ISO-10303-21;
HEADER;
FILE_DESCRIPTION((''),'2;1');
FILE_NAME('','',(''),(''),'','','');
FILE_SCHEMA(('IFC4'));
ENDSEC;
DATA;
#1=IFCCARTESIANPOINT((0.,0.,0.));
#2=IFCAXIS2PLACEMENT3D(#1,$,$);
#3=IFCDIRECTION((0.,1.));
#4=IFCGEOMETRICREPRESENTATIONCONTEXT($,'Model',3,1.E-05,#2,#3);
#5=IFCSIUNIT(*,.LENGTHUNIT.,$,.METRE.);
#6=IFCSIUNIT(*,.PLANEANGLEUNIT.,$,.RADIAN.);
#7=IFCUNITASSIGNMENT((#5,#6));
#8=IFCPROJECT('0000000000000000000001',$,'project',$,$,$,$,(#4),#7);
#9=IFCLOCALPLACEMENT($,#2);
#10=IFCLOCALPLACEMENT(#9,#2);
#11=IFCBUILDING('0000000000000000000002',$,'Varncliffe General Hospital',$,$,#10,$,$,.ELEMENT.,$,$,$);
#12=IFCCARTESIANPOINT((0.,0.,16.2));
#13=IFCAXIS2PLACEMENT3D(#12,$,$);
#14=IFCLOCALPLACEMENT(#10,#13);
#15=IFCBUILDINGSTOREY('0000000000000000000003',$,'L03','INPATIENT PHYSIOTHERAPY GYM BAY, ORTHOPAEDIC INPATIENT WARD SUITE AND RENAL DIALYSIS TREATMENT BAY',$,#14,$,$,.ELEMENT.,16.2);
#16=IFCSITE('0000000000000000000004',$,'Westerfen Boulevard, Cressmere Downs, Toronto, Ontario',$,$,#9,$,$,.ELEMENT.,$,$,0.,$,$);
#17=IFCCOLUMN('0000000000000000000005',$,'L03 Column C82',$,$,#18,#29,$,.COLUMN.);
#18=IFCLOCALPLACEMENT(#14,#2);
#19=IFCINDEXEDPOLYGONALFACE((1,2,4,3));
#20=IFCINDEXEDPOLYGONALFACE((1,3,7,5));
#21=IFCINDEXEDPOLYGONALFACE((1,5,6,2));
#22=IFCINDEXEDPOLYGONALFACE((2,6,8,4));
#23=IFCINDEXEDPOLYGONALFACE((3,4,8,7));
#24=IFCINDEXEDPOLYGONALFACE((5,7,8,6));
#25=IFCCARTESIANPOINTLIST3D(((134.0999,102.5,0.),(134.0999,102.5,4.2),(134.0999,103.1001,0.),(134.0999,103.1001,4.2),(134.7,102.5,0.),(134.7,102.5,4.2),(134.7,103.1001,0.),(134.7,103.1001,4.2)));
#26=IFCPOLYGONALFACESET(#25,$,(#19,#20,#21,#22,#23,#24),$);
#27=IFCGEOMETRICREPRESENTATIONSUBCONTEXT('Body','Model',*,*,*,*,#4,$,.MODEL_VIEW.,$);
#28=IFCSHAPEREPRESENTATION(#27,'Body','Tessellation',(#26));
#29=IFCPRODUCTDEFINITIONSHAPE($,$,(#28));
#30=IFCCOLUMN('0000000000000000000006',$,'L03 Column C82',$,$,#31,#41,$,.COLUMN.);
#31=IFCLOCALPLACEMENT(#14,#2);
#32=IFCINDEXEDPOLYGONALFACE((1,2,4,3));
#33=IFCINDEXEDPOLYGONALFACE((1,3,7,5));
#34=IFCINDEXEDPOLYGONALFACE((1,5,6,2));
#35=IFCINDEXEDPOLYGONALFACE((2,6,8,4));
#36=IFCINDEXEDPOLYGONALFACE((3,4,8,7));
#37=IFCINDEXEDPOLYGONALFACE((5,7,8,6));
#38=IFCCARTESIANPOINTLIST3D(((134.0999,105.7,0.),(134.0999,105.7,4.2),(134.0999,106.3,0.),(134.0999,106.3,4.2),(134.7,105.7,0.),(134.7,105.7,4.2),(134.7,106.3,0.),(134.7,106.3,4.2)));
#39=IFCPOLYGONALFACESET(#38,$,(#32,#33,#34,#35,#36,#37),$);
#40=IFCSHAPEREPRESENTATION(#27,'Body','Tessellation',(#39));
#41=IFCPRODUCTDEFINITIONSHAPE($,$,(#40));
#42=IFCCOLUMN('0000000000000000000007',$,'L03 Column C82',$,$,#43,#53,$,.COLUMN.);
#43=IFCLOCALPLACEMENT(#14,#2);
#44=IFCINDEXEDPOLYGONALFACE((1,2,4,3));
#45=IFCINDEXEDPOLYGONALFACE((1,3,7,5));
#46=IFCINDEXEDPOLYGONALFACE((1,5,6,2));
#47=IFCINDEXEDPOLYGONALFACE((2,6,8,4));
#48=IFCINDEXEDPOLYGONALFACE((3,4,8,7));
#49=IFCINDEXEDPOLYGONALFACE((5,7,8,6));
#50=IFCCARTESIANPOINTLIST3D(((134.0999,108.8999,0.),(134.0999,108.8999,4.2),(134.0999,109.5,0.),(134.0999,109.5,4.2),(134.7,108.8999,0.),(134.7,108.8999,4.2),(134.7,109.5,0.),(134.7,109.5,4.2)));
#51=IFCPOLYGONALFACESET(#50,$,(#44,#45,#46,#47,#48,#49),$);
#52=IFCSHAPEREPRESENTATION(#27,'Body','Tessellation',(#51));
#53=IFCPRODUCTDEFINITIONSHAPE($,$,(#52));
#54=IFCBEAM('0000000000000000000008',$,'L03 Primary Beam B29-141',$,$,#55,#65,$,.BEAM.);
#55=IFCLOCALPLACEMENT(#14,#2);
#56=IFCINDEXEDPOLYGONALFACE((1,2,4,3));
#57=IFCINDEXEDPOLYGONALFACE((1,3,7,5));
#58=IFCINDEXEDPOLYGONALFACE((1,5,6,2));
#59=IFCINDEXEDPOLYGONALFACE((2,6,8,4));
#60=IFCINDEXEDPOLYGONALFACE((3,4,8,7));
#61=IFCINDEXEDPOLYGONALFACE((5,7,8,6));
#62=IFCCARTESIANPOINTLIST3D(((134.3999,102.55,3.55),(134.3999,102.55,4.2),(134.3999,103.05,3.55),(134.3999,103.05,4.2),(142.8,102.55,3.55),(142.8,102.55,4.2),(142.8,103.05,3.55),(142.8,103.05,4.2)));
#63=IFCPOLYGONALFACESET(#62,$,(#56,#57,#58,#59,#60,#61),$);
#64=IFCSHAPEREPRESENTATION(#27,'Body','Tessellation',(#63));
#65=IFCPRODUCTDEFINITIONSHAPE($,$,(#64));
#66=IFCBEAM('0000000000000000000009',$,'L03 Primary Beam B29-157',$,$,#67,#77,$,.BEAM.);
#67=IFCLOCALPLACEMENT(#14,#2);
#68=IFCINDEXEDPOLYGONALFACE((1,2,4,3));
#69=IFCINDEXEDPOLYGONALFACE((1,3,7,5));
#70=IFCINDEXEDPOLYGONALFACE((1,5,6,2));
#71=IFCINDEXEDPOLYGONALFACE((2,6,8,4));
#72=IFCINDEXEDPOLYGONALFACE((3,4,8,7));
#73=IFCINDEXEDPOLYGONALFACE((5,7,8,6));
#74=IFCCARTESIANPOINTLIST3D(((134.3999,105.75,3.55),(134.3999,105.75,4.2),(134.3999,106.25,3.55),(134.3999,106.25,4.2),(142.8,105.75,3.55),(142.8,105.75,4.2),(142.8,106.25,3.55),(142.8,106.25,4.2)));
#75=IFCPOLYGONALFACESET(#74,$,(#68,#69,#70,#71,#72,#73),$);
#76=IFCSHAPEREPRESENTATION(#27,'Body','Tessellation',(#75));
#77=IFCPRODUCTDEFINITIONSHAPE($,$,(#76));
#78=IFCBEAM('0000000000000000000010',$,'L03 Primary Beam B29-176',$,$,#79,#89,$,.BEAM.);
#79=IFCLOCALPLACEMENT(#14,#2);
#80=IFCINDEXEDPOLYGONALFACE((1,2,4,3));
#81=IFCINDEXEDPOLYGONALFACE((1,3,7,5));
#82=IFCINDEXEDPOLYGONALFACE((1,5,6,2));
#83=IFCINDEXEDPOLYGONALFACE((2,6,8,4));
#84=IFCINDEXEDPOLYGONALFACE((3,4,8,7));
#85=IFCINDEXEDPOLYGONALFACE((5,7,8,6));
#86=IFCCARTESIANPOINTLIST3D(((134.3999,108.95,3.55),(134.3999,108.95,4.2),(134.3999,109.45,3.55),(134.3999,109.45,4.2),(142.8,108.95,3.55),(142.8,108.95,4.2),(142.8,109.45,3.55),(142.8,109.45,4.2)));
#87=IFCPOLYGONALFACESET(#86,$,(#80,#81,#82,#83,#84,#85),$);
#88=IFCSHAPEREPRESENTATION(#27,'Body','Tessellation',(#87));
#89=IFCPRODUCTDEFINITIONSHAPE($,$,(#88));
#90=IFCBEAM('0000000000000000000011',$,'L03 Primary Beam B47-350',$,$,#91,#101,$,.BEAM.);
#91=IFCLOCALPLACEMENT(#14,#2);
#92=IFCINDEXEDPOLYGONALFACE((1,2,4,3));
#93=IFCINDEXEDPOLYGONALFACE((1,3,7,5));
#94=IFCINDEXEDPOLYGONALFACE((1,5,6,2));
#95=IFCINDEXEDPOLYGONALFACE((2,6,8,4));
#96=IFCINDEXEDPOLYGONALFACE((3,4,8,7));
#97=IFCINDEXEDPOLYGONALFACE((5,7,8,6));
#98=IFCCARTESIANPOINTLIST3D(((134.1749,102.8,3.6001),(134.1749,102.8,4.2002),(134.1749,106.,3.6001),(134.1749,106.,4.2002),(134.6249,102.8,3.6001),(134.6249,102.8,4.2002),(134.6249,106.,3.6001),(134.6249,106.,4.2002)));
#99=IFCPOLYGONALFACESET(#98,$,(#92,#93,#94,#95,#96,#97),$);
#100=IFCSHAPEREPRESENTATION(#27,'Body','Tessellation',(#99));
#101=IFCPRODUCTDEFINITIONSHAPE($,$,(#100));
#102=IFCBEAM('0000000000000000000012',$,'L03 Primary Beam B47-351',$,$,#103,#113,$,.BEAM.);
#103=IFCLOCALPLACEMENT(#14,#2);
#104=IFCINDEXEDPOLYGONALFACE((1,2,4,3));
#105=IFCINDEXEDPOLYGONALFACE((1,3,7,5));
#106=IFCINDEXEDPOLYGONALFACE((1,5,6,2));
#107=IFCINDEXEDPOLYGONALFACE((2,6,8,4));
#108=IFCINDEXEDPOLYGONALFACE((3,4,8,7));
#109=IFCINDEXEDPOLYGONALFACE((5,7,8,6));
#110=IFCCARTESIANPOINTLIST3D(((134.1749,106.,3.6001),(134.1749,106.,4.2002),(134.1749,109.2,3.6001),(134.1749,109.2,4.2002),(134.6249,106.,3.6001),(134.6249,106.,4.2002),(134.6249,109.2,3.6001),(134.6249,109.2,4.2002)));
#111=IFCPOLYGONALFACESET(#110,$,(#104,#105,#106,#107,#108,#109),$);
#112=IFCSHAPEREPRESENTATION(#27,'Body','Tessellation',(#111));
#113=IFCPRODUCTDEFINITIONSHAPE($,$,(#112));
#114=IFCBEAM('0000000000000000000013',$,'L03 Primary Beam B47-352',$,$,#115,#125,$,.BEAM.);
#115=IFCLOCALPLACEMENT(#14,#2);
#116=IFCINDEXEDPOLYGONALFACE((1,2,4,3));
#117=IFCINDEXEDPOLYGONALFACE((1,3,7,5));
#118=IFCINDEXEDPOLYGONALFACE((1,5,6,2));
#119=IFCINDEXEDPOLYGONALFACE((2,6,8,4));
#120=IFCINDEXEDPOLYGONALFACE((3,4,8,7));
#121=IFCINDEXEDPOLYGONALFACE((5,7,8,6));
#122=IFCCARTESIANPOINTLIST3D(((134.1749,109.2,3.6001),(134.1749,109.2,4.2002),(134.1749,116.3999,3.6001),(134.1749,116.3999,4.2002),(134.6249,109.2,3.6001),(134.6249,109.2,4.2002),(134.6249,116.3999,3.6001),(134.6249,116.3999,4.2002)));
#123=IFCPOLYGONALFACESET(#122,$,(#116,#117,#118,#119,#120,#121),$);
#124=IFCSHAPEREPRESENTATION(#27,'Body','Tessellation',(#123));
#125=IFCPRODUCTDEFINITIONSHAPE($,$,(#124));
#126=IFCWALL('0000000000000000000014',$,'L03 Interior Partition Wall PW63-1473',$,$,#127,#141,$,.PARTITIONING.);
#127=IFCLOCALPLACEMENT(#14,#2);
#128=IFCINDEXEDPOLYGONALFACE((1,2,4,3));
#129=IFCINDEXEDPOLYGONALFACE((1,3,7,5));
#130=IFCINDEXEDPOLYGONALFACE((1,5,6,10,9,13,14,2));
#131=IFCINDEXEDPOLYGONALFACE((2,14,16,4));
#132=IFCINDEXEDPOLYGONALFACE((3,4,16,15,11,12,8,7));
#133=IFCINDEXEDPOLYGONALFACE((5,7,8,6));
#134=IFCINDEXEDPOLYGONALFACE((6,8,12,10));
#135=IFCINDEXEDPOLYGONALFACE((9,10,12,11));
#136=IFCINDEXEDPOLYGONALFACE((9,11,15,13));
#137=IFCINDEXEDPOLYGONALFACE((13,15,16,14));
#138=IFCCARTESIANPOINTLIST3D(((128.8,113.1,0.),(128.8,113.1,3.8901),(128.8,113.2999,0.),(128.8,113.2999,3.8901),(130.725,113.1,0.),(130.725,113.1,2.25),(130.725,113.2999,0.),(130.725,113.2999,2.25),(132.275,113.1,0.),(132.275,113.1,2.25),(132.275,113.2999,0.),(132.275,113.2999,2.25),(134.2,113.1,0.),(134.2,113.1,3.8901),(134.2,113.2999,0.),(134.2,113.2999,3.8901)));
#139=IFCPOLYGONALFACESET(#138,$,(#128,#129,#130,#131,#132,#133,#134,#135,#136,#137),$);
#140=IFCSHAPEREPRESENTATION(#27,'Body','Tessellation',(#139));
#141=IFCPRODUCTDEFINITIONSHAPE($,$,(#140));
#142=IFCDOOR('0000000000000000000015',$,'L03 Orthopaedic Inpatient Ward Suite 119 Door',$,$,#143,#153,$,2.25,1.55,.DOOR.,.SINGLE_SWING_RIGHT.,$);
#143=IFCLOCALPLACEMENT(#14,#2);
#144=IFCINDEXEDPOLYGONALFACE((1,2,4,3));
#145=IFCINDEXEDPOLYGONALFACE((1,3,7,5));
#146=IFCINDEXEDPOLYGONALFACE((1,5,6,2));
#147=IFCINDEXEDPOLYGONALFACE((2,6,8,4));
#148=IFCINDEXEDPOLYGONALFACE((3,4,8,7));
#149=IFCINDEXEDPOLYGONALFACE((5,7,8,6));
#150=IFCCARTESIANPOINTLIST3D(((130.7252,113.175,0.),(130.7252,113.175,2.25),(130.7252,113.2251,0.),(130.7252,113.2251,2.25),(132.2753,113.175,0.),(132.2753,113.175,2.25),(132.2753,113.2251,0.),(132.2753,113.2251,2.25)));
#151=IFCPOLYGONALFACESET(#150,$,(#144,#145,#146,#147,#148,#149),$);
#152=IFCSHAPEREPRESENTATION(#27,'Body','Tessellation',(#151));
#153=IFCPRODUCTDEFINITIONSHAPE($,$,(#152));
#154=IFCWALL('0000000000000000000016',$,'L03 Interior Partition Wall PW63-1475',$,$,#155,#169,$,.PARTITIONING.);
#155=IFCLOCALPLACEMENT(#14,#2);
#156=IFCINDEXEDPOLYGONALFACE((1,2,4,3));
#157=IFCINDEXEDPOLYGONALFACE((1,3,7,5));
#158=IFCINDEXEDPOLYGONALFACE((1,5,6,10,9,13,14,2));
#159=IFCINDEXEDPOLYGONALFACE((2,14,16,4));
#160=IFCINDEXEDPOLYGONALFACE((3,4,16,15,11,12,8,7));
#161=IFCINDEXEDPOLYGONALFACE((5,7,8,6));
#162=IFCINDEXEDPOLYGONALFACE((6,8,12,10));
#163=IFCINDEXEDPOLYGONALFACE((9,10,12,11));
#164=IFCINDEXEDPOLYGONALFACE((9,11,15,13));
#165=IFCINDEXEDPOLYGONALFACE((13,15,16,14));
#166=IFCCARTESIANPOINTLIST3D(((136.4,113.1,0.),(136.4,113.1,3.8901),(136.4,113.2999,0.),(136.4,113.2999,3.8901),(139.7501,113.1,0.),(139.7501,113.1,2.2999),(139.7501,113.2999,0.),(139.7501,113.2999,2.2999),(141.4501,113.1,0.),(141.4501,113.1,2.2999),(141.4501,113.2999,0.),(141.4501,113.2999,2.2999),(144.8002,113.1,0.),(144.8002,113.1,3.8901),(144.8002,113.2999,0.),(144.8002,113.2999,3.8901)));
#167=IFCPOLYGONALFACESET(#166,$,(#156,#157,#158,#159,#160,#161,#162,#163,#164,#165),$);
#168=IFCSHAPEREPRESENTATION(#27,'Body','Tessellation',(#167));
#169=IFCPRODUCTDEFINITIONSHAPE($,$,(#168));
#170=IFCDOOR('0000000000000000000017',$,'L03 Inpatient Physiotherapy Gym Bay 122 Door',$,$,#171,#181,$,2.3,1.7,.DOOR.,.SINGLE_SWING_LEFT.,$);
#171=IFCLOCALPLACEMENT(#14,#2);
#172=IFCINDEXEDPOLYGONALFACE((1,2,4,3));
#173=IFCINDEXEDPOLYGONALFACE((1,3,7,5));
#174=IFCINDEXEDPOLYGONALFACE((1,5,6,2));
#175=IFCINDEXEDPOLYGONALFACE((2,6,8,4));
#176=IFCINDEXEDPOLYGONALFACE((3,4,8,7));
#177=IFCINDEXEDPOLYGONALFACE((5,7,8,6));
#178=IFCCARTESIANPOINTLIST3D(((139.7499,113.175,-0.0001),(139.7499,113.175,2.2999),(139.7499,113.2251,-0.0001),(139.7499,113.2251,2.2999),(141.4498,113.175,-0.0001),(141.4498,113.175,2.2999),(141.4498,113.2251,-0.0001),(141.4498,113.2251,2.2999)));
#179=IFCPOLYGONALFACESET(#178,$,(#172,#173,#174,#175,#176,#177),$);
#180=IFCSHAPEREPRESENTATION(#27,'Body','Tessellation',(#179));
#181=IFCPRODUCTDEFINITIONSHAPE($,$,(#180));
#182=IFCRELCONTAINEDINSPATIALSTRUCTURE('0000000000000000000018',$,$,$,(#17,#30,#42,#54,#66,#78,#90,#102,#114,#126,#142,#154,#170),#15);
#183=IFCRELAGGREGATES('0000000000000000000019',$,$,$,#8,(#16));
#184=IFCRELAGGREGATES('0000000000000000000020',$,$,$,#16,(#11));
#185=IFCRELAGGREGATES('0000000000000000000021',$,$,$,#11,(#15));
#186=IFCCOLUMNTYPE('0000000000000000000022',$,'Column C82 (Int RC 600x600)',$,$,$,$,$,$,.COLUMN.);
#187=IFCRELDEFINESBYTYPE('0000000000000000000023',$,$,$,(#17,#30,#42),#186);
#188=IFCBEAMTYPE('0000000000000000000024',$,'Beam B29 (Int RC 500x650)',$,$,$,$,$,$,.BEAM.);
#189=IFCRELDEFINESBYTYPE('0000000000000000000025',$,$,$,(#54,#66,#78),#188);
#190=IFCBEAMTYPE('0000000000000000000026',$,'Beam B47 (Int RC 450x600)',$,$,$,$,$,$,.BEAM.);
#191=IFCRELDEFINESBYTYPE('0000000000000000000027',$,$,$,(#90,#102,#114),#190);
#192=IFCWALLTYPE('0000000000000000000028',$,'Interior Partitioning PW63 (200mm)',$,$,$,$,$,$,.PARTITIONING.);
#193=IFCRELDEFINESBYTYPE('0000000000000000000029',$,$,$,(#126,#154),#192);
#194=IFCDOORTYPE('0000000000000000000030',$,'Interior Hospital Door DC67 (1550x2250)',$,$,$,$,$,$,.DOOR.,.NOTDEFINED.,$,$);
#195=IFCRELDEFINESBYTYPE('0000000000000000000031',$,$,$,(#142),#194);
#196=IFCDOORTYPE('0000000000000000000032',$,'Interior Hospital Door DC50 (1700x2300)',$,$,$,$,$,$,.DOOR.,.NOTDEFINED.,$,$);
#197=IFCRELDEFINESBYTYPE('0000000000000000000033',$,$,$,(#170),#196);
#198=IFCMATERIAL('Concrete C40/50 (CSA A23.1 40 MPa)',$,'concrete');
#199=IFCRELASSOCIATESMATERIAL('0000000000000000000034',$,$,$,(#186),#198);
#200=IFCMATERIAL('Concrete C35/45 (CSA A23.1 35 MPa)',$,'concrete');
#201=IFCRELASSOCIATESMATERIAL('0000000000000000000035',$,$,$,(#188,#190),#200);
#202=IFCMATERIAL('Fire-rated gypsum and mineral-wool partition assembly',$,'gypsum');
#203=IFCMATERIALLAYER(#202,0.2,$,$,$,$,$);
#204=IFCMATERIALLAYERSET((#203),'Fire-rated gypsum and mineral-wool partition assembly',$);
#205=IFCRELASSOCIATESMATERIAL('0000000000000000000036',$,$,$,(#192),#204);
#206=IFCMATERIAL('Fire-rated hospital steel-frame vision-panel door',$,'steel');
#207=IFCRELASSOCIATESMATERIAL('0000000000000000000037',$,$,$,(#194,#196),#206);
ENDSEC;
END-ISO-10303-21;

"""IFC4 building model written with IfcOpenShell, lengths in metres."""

from ifc_helpers import new_model, si_unit, direction, frame, frame_2d, origin, origin_2d, place, context, subcontext, project, spatial, rectangle, extrude, material, layer, layer_set, material_profile, profile_set, type_object, element, fill, save


model = new_model("IFC4")

# Units and contexts
model_context = context("Model", 3, precision=1e-05, world=origin(), true_north=direction((0.0, 1.0)))
body_context = subcontext(model_context, "Body", "Model", "MODEL_VIEW")
ifc_project = project(units=[si_unit("LENGTHUNIT", "METRE"), si_unit("PLANEANGLEUNIT", "RADIAN")], contexts=[model_context])

# Site, building, storey
site_placement = place(None, origin())
site = spatial("IfcSite", under=ifc_project, at=site_placement, Name="Westerfen Boulevard, Cressmere Downs, Toronto, Ontario", CompositionType="ELEMENT", RefElevation=0.0)
building_placement = place(site_placement, origin())
building = spatial("IfcBuilding", under=site, at=building_placement, Name="Varncliffe General Hospital", CompositionType="ELEMENT")
storey_placement = place(building_placement, frame((0.0, 0.0, 16.2)))
storey = spatial("IfcBuildingStorey", under=building, at=storey_placement, Name="L03", Description="INPATIENT PHYSIOTHERAPY GYM BAY, ORTHOPAEDIC INPATIENT WARD SUITE AND RENAL DIALYSIS TREATMENT BAY", CompositionType="ELEMENT", Elevation=16.2)

# Columns
ifc_material_1 = material(Name="Concrete C40/50 (CSA A23.1 40 MPa)", Category="concrete")
ifc_material_profile_1 = material_profile(ifc_material_1, rectangle(XDim=0.6001, YDim=0.6001, at=origin_2d()), Name="RC 600x600")
ifc_profile_set_1 = profile_set([ifc_material_profile_1], Name="Concrete C40/50 (CSA A23.1 40 MPa)")
column_type = type_object("IfcColumnType", Name="Column C82 (Int RC 600x600)", PredefinedType="COLUMN", material=ifc_profile_set_1)
for number, where, z_axis, x_axis, name in (
    (1, (134.3999, 102.8, 0.0), (0.0, 0.0, 1.0), (1.0, 0.0, 0.0), "L03 Column C82"),
    (2, (134.3999, 106.0, 0.0), (0.0, 0.0, 1.0), (1.0, 0.0, 0.0), "L03 Column C82"),
    (3, (134.3999, 109.2, 0.0), (0.0, 0.0, 1.0), (1.0, 0.0, 0.0), "L03 Column C82"),
):
    element("IfcColumn", number, at=place(storey_placement, frame(where, z_axis=z_axis, x_axis=x_axis)), inside=storey, type_object=column_type, Name=name, PredefinedType="COLUMN", context=body_context, shape_type="SweptSolid", body=[
        extrude(rectangle(XDim=0.6001, YDim=0.6001, at=origin_2d()), origin(), (0.0, 0.0, 1.0), 4.2),
    ])

# Beams
ifc_material_2 = material(Name="Concrete C35/45 (CSA A23.1 35 MPa)", Category="concrete")
ifc_material_profile_2 = material_profile(ifc_material_2, rectangle(XDim=0.5, YDim=0.6499, at=origin_2d()), Name="RC 500x650")
ifc_profile_set_2 = profile_set([ifc_material_profile_2], Name="Concrete C35/45 (CSA A23.1 35 MPa)")
beam_type_1 = type_object("IfcBeamType", Name="Beam B29 (Int RC 500x650)", PredefinedType="BEAM", material=ifc_profile_set_2)
for number, where, z_axis, x_axis, name in (
    (4, (134.3999, 102.8, 3.875), (1.0, 0.0, 0.0), (0.0, 1.0, 0.0), "L03 Primary Beam B29-141"),
    (5, (134.3999, 106.0, 3.875), (1.0, 0.0, 0.0), (0.0, 1.0, 0.0), "L03 Primary Beam B29-157"),
    (6, (134.3999, 109.2, 3.875), (1.0, 0.0, 0.0), (0.0, 1.0, 0.0), "L03 Primary Beam B29-176"),
):
    element("IfcBeam", number, at=place(storey_placement, frame(where, z_axis=z_axis, x_axis=x_axis)), inside=storey, type_object=beam_type_1, Name=name, PredefinedType="BEAM", context=body_context, shape_type="SweptSolid", body=[
        extrude(rectangle(XDim=0.5, YDim=0.6499, at=origin_2d()), origin(), (0.0, 0.0, 1.0), 8.4001),
    ])
ifc_material_profile_3 = material_profile(ifc_material_2, rectangle(XDim=0.45, YDim=0.6001, at=origin_2d()), Name="RC 450x600")
ifc_profile_set_3 = profile_set([ifc_material_profile_3], Name="Concrete C35/45 (CSA A23.1 35 MPa)")
beam_type_2 = type_object("IfcBeamType", Name="Beam B47 (Int RC 450x600)", PredefinedType="BEAM", material=ifc_profile_set_3)
for number, where, z_axis, x_axis, name in (
    (7, (134.3999, 102.8, 3.9001), (0.0, 1.0, 0.0), (-1.0, 0.0, 0.0), "L03 Primary Beam B47-350"),
    (8, (134.3999, 106.0, 3.9001), (0.0, 1.0, 0.0), (-1.0, 0.0, 0.0), "L03 Primary Beam B47-351"),
):
    element("IfcBeam", number, at=place(storey_placement, frame(where, z_axis=z_axis, x_axis=x_axis)), inside=storey, type_object=beam_type_2, Name=name, PredefinedType="BEAM", context=body_context, shape_type="SweptSolid", body=[
        extrude(rectangle(XDim=0.45, YDim=0.6001, at=origin_2d()), origin(), (0.0, 0.0, 1.0), 3.2),
    ])
beam_placement = place(storey_placement, frame((134.3999, 109.2, 3.9001), z_axis=(0.0, 1.0, 0.0), x_axis=(-1.0, 0.0, 0.0)))
element("IfcBeam", 9, at=beam_placement, inside=storey, type_object=beam_type_2, Name="L03 Primary Beam B47-352", PredefinedType="BEAM", context=body_context, shape_type="SweptSolid", body=[
    extrude(rectangle(XDim=0.45, YDim=0.6001, at=origin_2d()), origin(), (0.0, 0.0, 1.0), 7.2),
])

# Walls, openings, doors
ifc_material_3 = material(Name="Fire-rated gypsum and mineral-wool partition assembly", Category="gypsum")
ifc_layer_1 = layer(ifc_material_3, 0.2)
ifc_layer_set_1 = layer_set([ifc_layer_1], Name="Fire-rated gypsum and mineral-wool partition assembly")
wall_type_1 = type_object("IfcWallType", Name="Interior Partitioning PW63 (200mm)", PredefinedType="PARTITIONING", material=ifc_layer_set_1)
wall_1_placement = place(storey_placement, frame((128.8, 113.2, 0.0), z_axis=(0.0, 0.0, 1.0), x_axis=(1.0, 0.0, 0.0)))
wall_1 = element("IfcWall", 10, at=wall_1_placement, inside=storey, type_object=wall_type_1, Name="L03 Interior Partition Wall PW63-1473", PredefinedType="PARTITIONING", context=body_context, shape_type="SweptSolid", body=[
    extrude(rectangle(XDim=5.3999, YDim=0.2, at=frame_2d((2.7, 0.0))), origin(), (0.0, 0.0, 1.0), 3.8901),
])
opening_1_placement = place(wall_1_placement, frame((1.925, 0.0, 0.0)))
opening_1 = element("IfcOpeningElement", 11, at=opening_1_placement, cuts=wall_1, PredefinedType="OPENING", context=body_context, shape_type="SweptSolid", body=[
    extrude(rectangle(XDim=1.55, YDim=2.25, at=frame_2d((0.7749, 1.125))), frame((0.0, 0.1099, 0.0), z_axis=(0.0, -1.0, 0.0), x_axis=(1.0, 0.0, 0.0)), (0.0, 0.0, 1.0), 0.22),
])
ifc_material_4 = material(Name="Fire-rated hospital steel-frame vision-panel door", Category="steel")
door_type_1 = type_object("IfcDoorType", Name="Interior Hospital Door DC67 (1550x2250)", OperationType="NOTDEFINED", PredefinedType="DOOR", material=ifc_material_4)
door_1_placement = place(opening_1_placement, frame((1.55, 0.0, 0.0), z_axis=(0.0, 0.0, 1.0), x_axis=(-1.0, 0.0, 0.0)))
door_1 = element("IfcDoor", 12, at=door_1_placement, inside=storey, type_object=door_type_1, Name="L03 Orthopaedic Inpatient Ward Suite 119 Door", OperationType="SINGLE_SWING_RIGHT", OverallHeight=2.25, OverallWidth=1.55, PredefinedType="DOOR", context=body_context, shape_type="SweptSolid", body=[
    extrude(rectangle(XDim=1.55, YDim=2.25, at=frame_2d((0.7749, 1.125))), frame((0.0, 0.0249, 0.0), z_axis=(0.0, -1.0, 0.0), x_axis=(1.0, 0.0, 0.0)), (0.0, 0.0, 1.0), 0.05),
])
fill(opening_1, door_1)
wall_2_placement = place(storey_placement, frame((136.3999, 113.2, 0.0), z_axis=(0.0, 0.0, 1.0), x_axis=(1.0, 0.0, 0.0)))
wall_2 = element("IfcWall", 13, at=wall_2_placement, inside=storey, type_object=wall_type_1, Name="L03 Interior Partition Wall PW63-1475", PredefinedType="PARTITIONING", context=body_context, shape_type="SweptSolid", body=[
    extrude(rectangle(XDim=8.4001, YDim=0.2, at=frame_2d((4.2002, 0.0))), origin(), (0.0, 0.0, 1.0), 3.8901),
])
opening_2_placement = place(wall_2_placement, frame((3.3501, 0.0, 0.0)))
opening_2 = element("IfcOpeningElement", 14, at=opening_2_placement, cuts=wall_2, PredefinedType="OPENING", context=body_context, shape_type="SweptSolid", body=[
    extrude(rectangle(XDim=1.7, YDim=2.3, at=frame_2d((0.8501, 1.1499))), frame((0.0, 0.1099, 0.0), z_axis=(0.0, -1.0, 0.0), x_axis=(1.0, 0.0, 0.0)), (0.0, 0.0, 1.0), 0.22),
])
door_type_2 = type_object("IfcDoorType", Name="Interior Hospital Door DC50 (1700x2300)", OperationType="NOTDEFINED", PredefinedType="DOOR", material=ifc_material_4)
door_2_placement = place(opening_2_placement, frame((1.7, 0.0, 0.0), z_axis=(0.0, 0.0, 1.0), x_axis=(-1.0, 0.0, 0.0)))
door_2 = element("IfcDoor", 15, at=door_2_placement, inside=storey, type_object=door_type_2, Name="L03 Inpatient Physiotherapy Gym Bay 122 Door", OperationType="SINGLE_SWING_LEFT", OverallHeight=2.3, OverallWidth=1.7, PredefinedType="DOOR", context=body_context, shape_type="SweptSolid", body=[
    extrude(rectangle(XDim=1.7, YDim=2.3, at=frame_2d((0.8501, 1.1499))), frame((0.0, 0.0249, 0.0), z_axis=(0.0, -1.0, 0.0), x_axis=(1.0, 0.0, 0.0)), (0.0, 0.0, 1.0), 0.05),
])
fill(opening_2, door_2)

save(model, "model.ifc")
